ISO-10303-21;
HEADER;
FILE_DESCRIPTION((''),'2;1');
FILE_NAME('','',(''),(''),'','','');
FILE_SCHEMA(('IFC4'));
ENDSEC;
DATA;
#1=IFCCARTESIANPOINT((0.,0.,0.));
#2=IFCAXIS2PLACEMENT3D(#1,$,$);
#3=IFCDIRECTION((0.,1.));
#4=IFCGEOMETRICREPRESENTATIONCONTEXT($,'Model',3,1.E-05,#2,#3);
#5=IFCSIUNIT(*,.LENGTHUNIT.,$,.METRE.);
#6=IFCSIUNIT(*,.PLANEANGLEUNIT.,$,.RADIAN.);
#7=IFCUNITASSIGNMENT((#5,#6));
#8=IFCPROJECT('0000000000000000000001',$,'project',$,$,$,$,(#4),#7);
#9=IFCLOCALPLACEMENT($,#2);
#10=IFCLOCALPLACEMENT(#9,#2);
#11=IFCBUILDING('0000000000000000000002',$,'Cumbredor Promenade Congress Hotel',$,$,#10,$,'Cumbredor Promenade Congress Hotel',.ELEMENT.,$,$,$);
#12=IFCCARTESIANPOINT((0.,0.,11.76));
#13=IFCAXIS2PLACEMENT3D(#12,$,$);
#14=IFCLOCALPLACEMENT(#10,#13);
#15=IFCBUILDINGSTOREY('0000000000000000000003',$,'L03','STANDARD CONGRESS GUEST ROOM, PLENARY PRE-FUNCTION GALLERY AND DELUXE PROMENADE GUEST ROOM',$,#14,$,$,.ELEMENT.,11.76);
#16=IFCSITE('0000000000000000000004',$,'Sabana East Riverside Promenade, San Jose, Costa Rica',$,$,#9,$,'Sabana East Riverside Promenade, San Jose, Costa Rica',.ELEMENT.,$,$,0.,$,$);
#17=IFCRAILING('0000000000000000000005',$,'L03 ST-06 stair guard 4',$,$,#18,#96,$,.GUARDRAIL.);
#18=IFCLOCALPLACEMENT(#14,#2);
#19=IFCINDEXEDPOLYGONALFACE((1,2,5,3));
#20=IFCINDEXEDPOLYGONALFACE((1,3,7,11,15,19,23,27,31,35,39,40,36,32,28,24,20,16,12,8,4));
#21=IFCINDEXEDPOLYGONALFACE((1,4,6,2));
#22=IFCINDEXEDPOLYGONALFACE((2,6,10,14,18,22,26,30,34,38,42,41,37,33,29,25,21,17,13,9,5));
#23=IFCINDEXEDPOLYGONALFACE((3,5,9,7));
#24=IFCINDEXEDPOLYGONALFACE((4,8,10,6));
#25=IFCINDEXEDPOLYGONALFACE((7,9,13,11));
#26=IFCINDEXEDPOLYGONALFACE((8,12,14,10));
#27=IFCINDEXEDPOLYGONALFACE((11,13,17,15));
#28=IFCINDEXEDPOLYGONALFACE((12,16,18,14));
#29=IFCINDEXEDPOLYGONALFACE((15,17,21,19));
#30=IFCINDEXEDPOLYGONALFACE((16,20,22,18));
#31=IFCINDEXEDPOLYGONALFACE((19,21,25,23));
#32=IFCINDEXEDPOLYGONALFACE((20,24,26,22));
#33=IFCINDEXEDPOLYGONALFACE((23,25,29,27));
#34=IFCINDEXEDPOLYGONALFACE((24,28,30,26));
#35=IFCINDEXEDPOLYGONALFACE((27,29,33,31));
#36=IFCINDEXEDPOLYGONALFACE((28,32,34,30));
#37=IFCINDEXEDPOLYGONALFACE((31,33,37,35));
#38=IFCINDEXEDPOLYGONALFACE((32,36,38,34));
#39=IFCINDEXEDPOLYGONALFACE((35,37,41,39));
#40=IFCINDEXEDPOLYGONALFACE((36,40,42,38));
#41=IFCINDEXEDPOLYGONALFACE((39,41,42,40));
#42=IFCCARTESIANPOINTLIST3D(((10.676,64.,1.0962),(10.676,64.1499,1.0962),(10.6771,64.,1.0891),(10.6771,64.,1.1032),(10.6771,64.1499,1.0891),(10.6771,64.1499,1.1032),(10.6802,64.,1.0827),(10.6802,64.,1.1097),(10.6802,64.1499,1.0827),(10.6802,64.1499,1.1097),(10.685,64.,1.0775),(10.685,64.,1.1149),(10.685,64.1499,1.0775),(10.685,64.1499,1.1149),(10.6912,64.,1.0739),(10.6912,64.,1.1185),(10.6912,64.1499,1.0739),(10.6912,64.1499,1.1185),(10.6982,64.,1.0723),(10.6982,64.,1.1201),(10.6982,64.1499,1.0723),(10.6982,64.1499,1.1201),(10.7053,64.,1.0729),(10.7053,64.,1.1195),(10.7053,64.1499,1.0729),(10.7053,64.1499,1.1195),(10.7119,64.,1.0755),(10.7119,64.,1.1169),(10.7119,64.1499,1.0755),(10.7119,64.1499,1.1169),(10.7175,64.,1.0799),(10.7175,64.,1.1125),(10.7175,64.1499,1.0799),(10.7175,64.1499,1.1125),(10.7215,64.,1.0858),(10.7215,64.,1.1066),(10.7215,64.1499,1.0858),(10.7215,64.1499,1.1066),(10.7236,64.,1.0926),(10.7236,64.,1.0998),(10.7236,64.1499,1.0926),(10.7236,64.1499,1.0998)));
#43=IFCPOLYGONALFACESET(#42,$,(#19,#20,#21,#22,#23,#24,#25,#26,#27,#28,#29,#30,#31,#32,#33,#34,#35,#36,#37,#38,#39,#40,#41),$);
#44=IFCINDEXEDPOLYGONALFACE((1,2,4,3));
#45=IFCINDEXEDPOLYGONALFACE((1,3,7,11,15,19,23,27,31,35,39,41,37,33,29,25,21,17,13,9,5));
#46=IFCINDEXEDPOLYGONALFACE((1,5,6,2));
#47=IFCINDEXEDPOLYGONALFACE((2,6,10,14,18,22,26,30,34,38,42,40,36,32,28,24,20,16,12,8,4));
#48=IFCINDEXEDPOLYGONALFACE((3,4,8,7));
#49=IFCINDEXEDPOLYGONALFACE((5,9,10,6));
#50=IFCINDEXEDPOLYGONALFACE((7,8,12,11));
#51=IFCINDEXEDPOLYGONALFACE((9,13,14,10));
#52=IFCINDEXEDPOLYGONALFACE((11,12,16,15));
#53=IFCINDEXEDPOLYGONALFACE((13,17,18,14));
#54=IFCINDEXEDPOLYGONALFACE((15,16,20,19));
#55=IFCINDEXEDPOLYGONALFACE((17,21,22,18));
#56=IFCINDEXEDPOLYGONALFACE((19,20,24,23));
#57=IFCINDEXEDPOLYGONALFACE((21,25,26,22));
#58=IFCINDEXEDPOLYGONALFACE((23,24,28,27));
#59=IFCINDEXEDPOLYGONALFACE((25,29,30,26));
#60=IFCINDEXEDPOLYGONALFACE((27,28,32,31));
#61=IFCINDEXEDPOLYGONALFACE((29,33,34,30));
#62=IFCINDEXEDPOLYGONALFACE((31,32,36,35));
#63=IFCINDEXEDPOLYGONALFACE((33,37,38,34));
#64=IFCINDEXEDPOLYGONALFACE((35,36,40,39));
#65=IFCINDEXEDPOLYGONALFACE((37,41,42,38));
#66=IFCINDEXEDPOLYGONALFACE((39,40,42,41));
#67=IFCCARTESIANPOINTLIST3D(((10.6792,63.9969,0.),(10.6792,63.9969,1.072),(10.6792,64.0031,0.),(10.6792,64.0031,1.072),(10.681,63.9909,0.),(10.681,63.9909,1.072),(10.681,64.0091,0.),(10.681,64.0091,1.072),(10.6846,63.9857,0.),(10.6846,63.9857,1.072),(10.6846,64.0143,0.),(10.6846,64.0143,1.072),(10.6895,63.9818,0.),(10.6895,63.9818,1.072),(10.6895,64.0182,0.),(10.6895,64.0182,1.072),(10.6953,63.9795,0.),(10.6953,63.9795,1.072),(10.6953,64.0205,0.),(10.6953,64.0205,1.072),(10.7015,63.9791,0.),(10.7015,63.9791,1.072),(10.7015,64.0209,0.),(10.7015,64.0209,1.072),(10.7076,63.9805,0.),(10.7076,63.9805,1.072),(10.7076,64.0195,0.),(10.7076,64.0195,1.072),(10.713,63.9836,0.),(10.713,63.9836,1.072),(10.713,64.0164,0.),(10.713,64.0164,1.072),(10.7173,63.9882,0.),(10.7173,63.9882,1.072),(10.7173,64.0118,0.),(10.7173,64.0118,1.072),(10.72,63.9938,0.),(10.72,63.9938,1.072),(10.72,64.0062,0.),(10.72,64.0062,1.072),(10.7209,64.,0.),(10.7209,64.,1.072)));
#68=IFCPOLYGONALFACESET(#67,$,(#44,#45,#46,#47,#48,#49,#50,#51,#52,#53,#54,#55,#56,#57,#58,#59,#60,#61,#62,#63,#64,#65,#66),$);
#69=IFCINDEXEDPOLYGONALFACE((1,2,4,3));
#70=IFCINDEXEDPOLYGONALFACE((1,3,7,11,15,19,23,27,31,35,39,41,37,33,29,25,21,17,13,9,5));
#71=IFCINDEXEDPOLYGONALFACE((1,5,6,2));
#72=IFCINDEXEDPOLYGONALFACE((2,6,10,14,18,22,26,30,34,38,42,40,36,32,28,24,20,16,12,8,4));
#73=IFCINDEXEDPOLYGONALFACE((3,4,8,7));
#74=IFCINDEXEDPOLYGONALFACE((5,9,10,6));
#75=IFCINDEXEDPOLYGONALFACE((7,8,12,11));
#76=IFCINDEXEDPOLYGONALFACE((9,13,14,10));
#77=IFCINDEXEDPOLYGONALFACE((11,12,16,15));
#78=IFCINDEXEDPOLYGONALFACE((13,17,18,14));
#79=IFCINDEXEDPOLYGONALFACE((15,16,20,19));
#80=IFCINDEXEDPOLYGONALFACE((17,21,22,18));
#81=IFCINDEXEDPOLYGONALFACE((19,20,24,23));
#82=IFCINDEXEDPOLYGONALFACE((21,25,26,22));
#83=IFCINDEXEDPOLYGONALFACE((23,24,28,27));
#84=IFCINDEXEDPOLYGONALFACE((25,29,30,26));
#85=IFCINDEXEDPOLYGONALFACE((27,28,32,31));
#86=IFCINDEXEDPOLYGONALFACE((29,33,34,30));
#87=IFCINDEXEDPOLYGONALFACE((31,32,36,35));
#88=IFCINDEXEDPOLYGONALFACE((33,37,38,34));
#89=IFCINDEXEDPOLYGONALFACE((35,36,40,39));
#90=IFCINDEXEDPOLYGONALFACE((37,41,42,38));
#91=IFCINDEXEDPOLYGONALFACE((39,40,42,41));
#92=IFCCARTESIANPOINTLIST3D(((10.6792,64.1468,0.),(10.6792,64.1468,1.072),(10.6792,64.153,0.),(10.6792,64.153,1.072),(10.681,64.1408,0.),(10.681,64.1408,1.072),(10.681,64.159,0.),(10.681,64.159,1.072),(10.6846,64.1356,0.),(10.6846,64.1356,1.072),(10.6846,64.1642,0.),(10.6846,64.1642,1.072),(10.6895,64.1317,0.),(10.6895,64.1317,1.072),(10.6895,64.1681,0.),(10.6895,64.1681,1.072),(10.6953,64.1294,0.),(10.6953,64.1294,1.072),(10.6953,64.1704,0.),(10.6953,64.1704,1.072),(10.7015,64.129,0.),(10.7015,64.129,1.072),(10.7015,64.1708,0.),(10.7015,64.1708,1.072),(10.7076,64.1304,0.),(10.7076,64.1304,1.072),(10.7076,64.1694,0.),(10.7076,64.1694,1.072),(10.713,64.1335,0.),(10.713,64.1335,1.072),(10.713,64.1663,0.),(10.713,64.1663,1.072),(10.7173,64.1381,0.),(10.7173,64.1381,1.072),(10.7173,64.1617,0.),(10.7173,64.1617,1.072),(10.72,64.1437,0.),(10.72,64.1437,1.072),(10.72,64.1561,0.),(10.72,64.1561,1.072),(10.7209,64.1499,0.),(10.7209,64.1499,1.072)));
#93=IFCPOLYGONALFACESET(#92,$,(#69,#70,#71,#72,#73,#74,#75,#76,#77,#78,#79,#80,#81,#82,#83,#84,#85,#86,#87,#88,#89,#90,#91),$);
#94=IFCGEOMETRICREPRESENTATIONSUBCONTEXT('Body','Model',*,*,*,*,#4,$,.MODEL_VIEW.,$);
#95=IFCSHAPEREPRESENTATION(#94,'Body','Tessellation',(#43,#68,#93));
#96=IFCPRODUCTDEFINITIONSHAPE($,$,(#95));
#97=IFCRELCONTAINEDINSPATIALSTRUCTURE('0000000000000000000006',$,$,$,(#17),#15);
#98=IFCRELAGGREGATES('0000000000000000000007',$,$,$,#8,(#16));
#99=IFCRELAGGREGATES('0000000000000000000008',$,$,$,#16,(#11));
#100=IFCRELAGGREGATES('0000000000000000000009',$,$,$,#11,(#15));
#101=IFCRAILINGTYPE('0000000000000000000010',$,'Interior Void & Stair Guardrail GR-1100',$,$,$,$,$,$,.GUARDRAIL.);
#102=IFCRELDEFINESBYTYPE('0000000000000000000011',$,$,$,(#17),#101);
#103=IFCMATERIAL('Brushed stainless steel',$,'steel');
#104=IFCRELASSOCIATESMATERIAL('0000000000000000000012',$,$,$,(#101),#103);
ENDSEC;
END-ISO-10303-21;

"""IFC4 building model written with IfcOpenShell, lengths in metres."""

from ifc_helpers import new_model, si_unit, direction, frame, origin, origin_2d, place, context, subcontext, project, spatial, circle, extrude, material, type_object, element, save


model = new_model("IFC4")

# Units and contexts
model_context = context("Model", 3, precision=1e-05, world=origin(), true_north=direction((0.0, 1.0)))
body_context = subcontext(model_context, "Body", "Model", "MODEL_VIEW")
ifc_project = project(units=[si_unit("LENGTHUNIT", "METRE"), si_unit("PLANEANGLEUNIT", "RADIAN")], contexts=[model_context])

# Site, building, storey
site_placement = place(None, origin())
site = spatial("IfcSite", under=ifc_project, at=site_placement, Name="Sabana East Riverside Promenade, San Jose, Costa Rica", LongName="Sabana East Riverside Promenade, San Jose, Costa Rica", CompositionType="ELEMENT", RefElevation=0.0)
building_placement = place(site_placement, origin())
building = spatial("IfcBuilding", under=site, at=building_placement, Name="Cumbredor Promenade Congress Hotel", LongName="Cumbredor Promenade Congress Hotel", CompositionType="ELEMENT")
storey_placement = place(building_placement, frame((0.0, 0.0, 11.76)))
storey = spatial("IfcBuildingStorey", under=building, at=storey_placement, Name="L03", Description="STANDARD CONGRESS GUEST ROOM, PLENARY PRE-FUNCTION GALLERY AND DELUXE PROMENADE GUEST ROOM", CompositionType="ELEMENT", Elevation=11.76)

# Railing
ifc_material_1 = material(Name="Brushed stainless steel", Category="steel")
railing_type_1 = type_object("IfcRailingType", Name="Interior Void & Stair Guardrail GR-1100", PredefinedType="GUARDRAIL", material=ifc_material_1)
railing_1_placement = place(storey_placement, frame((10.7, 64.0, 0.0)))
element("IfcRailing", 1, at=railing_1_placement, inside=storey, type_object=railing_type_1, Name="L03 ST-06 stair guard 4", PredefinedType="GUARDRAIL", context=body_context, shape_type="SweptSolid", body=[
    extrude(circle(Radius=0.0239, at=origin_2d()), frame((0.0, 0.0, 1.0962), z_axis=(0.0, 1.0, 0.0), x_axis=(-1.0, 0.0, 0.0)), (0.0, 0.0, 1.0), 0.1499),
    extrude(circle(Radius=0.021, at=origin_2d()), origin(), (0.0, 0.0, 1.0), 1.072),
    extrude(circle(Radius=0.021, at=origin_2d()), frame((0.0, 0.1499, 0.0)), (0.0, 0.0, 1.0), 1.072),
])

save(model, "model.ifc")
